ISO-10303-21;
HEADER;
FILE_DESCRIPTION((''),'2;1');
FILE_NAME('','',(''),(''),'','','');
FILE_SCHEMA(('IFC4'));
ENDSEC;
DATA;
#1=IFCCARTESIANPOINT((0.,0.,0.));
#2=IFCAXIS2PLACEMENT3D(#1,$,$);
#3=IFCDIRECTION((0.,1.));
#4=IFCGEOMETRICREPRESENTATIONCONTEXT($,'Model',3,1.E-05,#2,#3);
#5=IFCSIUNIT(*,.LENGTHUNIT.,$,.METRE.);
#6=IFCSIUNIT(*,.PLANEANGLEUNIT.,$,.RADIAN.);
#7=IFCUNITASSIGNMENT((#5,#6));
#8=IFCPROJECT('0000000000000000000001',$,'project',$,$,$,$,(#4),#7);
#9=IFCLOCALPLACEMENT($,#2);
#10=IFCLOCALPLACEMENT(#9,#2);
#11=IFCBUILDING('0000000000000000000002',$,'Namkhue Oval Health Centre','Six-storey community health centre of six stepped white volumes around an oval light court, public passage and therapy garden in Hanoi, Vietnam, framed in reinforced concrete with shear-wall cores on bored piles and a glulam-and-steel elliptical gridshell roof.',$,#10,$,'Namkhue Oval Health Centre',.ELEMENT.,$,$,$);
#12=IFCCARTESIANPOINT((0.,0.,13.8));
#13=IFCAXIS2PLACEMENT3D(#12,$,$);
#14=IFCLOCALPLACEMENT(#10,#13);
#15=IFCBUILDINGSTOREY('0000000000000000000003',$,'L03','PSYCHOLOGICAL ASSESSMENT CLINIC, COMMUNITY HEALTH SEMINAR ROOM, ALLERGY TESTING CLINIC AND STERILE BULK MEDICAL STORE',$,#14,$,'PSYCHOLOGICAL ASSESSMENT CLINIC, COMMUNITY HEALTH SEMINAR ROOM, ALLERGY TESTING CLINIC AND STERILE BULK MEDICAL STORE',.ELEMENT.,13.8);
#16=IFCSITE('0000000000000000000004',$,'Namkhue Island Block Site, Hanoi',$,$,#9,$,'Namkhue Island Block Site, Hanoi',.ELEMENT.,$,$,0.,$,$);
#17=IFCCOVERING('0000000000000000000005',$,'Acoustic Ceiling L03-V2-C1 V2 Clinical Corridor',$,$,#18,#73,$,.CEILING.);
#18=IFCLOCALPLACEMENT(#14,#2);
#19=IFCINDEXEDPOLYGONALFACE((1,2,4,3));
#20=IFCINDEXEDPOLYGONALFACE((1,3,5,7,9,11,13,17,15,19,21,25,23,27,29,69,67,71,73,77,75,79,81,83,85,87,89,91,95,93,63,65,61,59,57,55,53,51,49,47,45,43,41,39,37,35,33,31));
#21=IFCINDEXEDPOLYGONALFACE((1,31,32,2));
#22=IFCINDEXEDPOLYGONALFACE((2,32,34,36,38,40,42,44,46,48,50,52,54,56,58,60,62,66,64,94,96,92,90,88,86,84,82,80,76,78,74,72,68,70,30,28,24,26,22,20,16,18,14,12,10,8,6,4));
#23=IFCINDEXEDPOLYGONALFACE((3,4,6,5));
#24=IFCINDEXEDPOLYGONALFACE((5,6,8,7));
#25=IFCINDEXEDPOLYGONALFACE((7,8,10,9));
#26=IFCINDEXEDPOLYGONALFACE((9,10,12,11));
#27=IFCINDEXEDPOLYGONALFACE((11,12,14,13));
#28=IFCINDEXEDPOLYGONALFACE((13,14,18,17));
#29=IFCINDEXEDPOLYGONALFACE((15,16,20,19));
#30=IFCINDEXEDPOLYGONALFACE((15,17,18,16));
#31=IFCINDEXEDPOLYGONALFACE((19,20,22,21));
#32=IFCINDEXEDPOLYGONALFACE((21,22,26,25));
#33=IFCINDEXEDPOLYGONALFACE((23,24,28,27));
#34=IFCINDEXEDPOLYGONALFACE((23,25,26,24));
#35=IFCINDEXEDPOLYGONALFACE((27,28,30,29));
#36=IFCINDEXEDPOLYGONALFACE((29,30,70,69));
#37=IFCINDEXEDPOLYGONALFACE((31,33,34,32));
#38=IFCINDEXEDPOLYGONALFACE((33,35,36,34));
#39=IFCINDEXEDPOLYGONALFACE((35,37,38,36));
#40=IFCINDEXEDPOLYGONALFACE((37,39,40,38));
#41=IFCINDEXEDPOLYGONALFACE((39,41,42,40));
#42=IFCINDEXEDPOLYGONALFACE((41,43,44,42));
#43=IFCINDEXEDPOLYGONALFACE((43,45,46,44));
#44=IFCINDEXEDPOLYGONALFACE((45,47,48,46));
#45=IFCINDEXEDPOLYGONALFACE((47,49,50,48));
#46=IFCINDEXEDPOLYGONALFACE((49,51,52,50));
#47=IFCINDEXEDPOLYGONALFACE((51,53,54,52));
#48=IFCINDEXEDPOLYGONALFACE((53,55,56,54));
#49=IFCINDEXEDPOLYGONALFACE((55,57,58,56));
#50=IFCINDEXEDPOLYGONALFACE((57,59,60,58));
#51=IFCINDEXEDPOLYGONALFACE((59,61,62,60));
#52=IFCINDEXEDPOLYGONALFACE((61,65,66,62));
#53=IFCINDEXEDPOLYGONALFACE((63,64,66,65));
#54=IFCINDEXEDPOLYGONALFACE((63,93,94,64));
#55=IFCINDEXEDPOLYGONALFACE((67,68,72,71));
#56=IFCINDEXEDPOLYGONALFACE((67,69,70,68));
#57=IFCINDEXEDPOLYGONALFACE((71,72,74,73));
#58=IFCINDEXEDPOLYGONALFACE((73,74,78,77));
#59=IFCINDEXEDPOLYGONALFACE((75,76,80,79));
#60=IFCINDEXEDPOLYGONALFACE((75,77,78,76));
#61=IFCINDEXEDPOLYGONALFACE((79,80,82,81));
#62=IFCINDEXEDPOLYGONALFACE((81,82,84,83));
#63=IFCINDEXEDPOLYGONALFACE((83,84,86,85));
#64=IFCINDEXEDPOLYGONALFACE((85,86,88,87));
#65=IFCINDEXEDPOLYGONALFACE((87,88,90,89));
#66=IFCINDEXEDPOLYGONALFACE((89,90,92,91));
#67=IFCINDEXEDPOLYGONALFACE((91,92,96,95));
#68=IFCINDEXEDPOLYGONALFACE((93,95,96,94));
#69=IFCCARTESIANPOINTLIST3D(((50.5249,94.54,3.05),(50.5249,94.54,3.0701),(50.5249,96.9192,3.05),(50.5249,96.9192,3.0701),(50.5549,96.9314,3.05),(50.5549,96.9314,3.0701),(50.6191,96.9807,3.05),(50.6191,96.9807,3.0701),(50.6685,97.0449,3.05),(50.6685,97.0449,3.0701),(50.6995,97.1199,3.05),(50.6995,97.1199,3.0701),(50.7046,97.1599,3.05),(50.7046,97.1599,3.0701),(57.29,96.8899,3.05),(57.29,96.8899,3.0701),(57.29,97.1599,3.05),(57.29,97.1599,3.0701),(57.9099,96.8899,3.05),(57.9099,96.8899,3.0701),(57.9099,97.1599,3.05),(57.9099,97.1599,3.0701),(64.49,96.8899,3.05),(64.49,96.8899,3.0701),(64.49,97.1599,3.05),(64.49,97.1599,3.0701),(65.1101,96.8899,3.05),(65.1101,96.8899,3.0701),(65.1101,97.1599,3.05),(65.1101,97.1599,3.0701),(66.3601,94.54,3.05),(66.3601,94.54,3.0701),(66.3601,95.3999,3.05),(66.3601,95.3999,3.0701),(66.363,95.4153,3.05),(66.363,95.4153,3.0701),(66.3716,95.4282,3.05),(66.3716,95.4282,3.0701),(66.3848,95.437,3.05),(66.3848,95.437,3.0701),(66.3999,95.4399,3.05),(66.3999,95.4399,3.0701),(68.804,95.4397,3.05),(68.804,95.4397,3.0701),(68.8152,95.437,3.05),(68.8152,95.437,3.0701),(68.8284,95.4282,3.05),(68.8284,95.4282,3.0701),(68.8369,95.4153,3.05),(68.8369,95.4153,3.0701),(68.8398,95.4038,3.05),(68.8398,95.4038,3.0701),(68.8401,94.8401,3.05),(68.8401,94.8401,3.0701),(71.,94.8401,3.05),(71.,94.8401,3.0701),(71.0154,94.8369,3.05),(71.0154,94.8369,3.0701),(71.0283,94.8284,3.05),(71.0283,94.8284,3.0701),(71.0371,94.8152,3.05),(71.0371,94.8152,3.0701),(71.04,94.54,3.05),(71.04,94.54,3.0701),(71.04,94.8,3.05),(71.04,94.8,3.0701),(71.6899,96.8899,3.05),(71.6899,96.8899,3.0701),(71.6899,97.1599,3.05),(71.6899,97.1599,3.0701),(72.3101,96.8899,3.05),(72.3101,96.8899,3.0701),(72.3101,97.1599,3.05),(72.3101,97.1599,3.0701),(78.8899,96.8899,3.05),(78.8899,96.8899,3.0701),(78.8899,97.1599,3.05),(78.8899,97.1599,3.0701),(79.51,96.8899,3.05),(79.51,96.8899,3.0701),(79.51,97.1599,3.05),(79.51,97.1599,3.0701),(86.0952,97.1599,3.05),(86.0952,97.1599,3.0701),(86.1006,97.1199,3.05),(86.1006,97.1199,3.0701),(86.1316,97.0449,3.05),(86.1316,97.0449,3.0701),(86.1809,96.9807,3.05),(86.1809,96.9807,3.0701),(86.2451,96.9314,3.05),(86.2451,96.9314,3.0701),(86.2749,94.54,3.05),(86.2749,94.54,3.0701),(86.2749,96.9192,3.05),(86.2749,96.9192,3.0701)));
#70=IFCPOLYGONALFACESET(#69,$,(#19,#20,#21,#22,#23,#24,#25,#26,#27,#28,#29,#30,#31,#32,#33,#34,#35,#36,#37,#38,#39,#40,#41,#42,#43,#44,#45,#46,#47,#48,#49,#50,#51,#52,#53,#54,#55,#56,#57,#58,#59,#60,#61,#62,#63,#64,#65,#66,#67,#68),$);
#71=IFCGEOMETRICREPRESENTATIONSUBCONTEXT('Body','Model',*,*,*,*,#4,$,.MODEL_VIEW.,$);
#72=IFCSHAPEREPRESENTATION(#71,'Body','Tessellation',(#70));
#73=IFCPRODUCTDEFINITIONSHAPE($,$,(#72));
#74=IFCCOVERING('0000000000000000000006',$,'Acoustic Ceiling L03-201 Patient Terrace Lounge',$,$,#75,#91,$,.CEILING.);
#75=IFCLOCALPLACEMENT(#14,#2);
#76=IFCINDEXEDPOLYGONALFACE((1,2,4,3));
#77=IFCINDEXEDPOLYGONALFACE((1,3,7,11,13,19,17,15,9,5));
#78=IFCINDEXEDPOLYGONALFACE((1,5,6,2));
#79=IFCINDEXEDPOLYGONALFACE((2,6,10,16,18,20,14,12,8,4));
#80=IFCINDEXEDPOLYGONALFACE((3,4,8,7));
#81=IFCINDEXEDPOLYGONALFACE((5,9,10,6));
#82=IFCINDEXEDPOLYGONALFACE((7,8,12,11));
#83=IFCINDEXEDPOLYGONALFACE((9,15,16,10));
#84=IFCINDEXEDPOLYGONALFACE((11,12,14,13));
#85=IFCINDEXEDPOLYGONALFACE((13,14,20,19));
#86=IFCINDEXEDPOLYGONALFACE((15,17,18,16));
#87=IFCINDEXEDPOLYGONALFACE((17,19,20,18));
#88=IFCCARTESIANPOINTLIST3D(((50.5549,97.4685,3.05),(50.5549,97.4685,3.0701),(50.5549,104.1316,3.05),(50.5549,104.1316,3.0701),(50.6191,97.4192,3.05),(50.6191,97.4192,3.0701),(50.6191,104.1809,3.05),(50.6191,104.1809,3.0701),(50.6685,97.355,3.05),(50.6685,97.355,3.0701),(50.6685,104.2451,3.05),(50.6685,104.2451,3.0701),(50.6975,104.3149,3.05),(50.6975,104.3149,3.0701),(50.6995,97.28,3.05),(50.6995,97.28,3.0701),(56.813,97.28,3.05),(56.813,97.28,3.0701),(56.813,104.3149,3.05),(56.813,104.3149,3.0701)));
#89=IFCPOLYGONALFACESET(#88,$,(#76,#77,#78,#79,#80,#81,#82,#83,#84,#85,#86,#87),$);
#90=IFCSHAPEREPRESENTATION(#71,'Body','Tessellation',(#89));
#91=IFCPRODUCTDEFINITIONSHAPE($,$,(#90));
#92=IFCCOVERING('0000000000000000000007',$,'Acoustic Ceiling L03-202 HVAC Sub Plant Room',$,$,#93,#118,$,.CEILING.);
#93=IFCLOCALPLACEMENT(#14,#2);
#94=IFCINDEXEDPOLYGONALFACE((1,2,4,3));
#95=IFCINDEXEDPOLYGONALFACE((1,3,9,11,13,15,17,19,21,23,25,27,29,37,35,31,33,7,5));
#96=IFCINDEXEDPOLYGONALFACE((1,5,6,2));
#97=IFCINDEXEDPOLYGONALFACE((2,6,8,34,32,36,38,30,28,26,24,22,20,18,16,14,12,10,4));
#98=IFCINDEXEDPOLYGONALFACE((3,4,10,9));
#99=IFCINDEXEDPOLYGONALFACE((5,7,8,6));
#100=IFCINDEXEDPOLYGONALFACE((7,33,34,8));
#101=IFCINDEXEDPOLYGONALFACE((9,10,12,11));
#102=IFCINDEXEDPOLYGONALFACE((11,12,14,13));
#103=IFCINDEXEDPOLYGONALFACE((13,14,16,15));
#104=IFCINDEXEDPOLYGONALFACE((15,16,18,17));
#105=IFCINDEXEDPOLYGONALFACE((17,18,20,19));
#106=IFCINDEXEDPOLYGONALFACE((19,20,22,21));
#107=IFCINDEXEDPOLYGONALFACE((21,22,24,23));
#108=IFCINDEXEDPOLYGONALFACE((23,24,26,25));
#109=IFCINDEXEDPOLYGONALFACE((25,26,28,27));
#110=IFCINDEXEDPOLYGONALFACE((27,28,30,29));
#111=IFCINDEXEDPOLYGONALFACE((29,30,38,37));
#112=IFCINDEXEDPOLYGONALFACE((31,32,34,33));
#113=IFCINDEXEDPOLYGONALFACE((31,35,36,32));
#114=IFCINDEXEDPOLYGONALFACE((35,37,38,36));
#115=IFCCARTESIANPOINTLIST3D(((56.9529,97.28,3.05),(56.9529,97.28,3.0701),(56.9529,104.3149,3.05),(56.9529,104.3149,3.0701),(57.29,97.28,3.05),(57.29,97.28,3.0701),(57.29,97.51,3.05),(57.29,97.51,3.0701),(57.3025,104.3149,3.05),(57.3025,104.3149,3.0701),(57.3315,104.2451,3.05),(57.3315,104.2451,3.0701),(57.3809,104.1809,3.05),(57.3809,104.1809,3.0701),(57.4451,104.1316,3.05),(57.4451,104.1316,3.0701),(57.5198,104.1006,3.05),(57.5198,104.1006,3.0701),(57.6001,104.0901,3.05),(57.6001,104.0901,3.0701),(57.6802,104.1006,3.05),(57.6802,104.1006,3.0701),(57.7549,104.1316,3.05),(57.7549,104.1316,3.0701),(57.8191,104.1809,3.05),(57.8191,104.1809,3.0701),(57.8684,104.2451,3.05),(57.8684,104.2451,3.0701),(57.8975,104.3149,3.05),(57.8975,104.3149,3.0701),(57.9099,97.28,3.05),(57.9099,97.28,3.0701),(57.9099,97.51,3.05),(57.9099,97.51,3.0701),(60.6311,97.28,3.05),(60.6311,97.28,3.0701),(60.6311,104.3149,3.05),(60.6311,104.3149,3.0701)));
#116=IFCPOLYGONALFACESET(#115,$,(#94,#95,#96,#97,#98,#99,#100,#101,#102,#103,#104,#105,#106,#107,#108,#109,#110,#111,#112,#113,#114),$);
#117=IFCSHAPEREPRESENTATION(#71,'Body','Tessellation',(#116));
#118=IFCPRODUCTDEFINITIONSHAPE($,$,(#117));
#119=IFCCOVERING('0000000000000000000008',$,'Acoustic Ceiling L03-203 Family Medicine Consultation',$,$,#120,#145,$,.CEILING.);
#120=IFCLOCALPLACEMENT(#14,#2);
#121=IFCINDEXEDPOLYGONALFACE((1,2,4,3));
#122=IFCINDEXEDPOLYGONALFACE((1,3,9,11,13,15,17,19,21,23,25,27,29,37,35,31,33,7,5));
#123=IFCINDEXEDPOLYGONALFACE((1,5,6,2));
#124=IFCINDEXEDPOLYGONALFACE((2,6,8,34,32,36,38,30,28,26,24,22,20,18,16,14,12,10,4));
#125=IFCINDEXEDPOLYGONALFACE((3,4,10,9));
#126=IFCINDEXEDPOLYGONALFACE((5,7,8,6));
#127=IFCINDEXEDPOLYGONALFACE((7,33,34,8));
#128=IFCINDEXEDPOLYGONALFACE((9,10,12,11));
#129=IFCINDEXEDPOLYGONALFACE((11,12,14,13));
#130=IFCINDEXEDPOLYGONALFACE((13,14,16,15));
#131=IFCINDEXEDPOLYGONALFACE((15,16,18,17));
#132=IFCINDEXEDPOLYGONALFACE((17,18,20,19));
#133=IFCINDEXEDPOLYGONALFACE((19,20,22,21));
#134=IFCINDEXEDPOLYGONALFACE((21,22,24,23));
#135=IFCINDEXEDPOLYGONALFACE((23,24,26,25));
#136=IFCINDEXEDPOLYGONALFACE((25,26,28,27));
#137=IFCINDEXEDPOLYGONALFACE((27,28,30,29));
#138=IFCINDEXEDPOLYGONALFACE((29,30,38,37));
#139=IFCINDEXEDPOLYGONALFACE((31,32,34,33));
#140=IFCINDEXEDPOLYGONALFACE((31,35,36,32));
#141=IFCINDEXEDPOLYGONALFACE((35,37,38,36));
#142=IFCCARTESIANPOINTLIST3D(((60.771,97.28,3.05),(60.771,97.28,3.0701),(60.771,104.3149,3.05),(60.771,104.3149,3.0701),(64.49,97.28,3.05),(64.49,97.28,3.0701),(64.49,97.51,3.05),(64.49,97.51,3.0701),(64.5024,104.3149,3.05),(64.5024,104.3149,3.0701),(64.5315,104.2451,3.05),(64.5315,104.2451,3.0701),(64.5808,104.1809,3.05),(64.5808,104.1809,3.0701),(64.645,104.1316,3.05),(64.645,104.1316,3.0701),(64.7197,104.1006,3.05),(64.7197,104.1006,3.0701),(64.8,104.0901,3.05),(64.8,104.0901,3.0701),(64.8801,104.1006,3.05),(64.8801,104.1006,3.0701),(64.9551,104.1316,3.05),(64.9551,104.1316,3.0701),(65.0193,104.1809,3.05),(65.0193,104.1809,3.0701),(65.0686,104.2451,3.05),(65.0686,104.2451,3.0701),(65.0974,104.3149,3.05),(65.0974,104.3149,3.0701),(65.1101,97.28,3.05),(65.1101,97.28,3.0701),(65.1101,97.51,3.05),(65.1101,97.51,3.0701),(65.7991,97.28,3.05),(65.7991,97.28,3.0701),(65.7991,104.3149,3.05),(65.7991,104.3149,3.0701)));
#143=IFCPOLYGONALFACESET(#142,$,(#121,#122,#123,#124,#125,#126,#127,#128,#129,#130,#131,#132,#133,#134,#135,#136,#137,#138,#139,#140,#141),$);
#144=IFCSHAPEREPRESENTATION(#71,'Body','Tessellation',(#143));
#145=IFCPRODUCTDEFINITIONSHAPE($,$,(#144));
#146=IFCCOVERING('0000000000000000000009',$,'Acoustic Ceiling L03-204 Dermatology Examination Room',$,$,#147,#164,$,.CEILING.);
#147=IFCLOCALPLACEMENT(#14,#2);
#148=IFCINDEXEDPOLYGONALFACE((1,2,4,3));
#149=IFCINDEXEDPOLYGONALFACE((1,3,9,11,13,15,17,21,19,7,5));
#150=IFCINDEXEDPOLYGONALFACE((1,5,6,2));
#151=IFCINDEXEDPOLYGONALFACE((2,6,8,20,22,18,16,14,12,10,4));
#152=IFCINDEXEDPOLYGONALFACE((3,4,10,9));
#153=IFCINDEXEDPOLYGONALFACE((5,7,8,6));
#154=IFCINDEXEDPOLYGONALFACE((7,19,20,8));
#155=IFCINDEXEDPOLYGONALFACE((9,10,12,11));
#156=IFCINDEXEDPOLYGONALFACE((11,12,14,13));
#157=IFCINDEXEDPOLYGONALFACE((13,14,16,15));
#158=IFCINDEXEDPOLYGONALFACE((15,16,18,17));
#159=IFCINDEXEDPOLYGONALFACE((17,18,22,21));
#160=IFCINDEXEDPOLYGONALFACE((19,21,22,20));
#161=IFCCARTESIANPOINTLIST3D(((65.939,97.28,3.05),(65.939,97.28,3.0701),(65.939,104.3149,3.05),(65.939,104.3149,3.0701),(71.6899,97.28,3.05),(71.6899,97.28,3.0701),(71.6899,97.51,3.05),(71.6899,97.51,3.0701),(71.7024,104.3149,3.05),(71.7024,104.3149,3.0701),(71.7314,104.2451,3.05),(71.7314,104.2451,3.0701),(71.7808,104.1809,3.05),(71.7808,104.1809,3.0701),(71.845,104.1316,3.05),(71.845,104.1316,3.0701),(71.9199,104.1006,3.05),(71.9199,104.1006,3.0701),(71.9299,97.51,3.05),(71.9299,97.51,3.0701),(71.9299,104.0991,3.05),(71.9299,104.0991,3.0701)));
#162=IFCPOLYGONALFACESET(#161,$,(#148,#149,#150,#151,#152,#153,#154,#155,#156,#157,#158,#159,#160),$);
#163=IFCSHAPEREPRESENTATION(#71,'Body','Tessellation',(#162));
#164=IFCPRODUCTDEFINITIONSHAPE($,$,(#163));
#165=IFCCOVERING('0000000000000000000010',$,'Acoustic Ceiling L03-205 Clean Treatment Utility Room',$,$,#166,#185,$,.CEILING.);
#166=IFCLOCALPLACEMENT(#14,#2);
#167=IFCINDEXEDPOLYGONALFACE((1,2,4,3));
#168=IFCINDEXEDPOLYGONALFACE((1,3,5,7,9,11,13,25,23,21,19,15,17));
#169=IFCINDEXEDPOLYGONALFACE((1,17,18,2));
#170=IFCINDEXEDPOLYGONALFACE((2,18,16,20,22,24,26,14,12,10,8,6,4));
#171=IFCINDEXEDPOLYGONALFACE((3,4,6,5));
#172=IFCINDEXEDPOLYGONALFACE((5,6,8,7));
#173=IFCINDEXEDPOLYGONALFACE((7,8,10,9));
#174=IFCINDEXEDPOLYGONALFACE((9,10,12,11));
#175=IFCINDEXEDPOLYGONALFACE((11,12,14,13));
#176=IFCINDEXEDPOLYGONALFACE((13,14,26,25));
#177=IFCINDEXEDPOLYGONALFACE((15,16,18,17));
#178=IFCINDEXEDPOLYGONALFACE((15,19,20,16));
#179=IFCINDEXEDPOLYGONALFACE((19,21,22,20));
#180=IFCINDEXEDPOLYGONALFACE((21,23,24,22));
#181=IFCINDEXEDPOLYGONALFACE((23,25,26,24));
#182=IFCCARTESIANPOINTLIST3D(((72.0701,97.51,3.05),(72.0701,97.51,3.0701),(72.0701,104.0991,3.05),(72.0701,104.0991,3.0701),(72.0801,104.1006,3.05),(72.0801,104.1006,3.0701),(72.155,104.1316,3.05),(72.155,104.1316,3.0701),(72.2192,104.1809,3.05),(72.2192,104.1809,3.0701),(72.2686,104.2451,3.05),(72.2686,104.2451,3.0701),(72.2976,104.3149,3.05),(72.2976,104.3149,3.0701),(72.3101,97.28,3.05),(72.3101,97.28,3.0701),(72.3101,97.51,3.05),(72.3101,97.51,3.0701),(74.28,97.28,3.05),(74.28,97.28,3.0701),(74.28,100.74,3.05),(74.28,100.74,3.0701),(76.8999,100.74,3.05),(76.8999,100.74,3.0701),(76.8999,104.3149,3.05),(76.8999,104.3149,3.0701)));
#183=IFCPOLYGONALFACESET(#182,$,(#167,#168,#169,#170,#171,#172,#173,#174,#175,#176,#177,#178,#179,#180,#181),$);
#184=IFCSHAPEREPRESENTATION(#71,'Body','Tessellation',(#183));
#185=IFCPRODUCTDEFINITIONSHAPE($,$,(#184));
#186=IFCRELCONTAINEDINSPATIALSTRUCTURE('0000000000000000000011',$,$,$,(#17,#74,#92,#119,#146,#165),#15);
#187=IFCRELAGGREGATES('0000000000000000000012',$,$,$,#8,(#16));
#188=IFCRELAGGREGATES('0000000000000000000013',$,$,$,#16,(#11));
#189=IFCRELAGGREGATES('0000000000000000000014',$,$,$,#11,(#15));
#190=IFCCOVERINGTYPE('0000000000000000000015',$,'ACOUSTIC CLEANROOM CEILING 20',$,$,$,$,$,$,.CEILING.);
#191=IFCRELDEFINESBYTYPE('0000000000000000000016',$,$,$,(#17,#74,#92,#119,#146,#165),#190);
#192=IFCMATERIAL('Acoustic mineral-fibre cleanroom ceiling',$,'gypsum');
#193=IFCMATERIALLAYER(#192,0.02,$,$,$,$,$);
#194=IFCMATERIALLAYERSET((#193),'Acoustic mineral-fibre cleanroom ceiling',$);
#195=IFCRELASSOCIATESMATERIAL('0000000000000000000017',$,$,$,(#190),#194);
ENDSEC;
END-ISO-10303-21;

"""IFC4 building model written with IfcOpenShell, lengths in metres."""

from ifc_helpers import new_model, si_unit, direction, frame, origin, place, context, subcontext, project, spatial, polyline, outline, extrude, material, layer, layer_set, type_object, element, save


model = new_model("IFC4")

# Units and contexts
model_context = context("Model", 3, precision=1e-05, world=origin(), true_north=direction((0.0, 1.0)))
body_context = subcontext(model_context, "Body", "Model", "MODEL_VIEW")
ifc_project = project(units=[si_unit("LENGTHUNIT", "METRE"), si_unit("PLANEANGLEUNIT", "RADIAN")], contexts=[model_context])

# Site, building, storey
site_placement = place(None, origin())
site = spatial("IfcSite", under=ifc_project, at=site_placement, Name="Namkhue Island Block Site, Hanoi", LongName="Namkhue Island Block Site, Hanoi", CompositionType="ELEMENT", RefElevation=0.0)
building_placement = place(site_placement, origin())
building = spatial("IfcBuilding", under=site, at=building_placement, Name="Namkhue Oval Health Centre", Description="Six-storey community health centre of six stepped white volumes around an oval light court, public passage and therapy garden in Hanoi, Vietnam, framed in reinforced concrete with shear-wall cores on bored piles and a glulam-and-steel elliptical gridshell roof.", LongName="Namkhue Oval Health Centre", CompositionType="ELEMENT")
storey_placement = place(building_placement, frame((0.0, 0.0, 13.8)))
storey = spatial("IfcBuildingStorey", under=building, at=storey_placement, Name="L03", Description="PSYCHOLOGICAL ASSESSMENT CLINIC, COMMUNITY HEALTH SEMINAR ROOM, ALLERGY TESTING CLINIC AND STERILE BULK MEDICAL STORE", LongName="PSYCHOLOGICAL ASSESSMENT CLINIC, COMMUNITY HEALTH SEMINAR ROOM, ALLERGY TESTING CLINIC AND STERILE BULK MEDICAL STORE", CompositionType="ELEMENT", Elevation=13.8)

# Coverings
ifc_material_1 = material(Name="Acoustic mineral-fibre cleanroom ceiling", Category="gypsum")
ifc_layer_1 = layer(ifc_material_1, 0.02)
ifc_layer_set_1 = layer_set([ifc_layer_1], Name="Acoustic mineral-fibre cleanroom ceiling")
covering_type_1 = type_object("IfcCoveringType", Name="ACOUSTIC CLEANROOM CEILING 20", PredefinedType="CEILING", material=ifc_layer_set_1)
covering_1_placement = place(storey_placement, frame((0.0, 0.0, 3.05)))
element("IfcCovering", 1, at=covering_1_placement, inside=storey, type_object=covering_type_1, Name="Acoustic Ceiling L03-V2-C1 V2 Clinical Corridor", PredefinedType="CEILING", context=body_context, shape_type="SweptSolid", body=[
    extrude(outline(polyline([(71.04, 94.8), (71.0371, 94.8152), (71.0283, 94.8284), (71.0154, 94.8369), (71.0, 94.8401), (68.8401, 94.8401), (68.8398, 95.4038), (68.8369, 95.4153), (68.8284, 95.4282), (68.8152, 95.437), (68.804, 95.4397), (66.3999, 95.4399), (66.3848, 95.437), (66.3716, 95.4282), (66.363, 95.4153), (66.3601, 95.3999), (66.3601, 94.54), (50.5249, 94.54), (50.5249, 96.9192), (50.5549, 96.9314), (50.6191, 96.9807), (50.6685, 97.0449), (50.6995, 97.1199), (50.7046, 97.1599), (57.29, 97.1599), (57.29, 96.8899), (57.9099, 96.8899), (57.9099, 97.1599), (64.49, 97.1599), (64.49, 96.8899), (65.1101, 96.8899), (65.1101, 97.1599), (71.6899, 97.1599), (71.6899, 96.8899), (72.3101, 96.8899), (72.3101, 97.1599), (78.8899, 97.1599), (78.8899, 96.8899), (79.51, 96.8899), (79.51, 97.1599), (86.0952, 97.1599), (86.1006, 97.1199), (86.1316, 97.0449), (86.1809, 96.9807), (86.2451, 96.9314), (86.2749, 96.9192), (86.2749, 94.54), (71.04, 94.54), (71.04, 94.8)])), origin(), (0.0, 0.0, 1.0), 0.02),
])
covering_2_placement = place(storey_placement, frame((0.0, 0.0, 3.05)))
element("IfcCovering", 2, at=covering_2_placement, inside=storey, type_object=covering_type_1, Name="Acoustic Ceiling L03-201 Patient Terrace Lounge", PredefinedType="CEILING", context=body_context, shape_type="SweptSolid", body=[
    extrude(outline(polyline([(50.6995, 97.28), (50.6685, 97.355), (50.6191, 97.4192), (50.5549, 97.4685), (50.5549, 104.1316), (50.6191, 104.1809), (50.6685, 104.2451), (50.6975, 104.3149), (56.813, 104.3149), (56.813, 97.28), (50.6995, 97.28)])), origin(), (0.0, 0.0, 1.0), 0.02),
])
covering_3_placement = place(storey_placement, frame((0.0, 0.0, 3.05)))
element("IfcCovering", 3, at=covering_3_placement, inside=storey, type_object=covering_type_1, Name="Acoustic Ceiling L03-202 HVAC Sub Plant Room", PredefinedType="CEILING", context=body_context, shape_type="SweptSolid", body=[
    extrude(outline(polyline([(57.9099, 97.28), (57.9099, 97.51), (57.29, 97.51), (57.29, 97.28), (56.9529, 97.28), (56.9529, 104.3149), (57.3025, 104.3149), (57.3315, 104.2451), (57.3809, 104.1809), (57.4451, 104.1316), (57.5198, 104.1006), (57.6001, 104.0901), (57.6802, 104.1006), (57.7549, 104.1316), (57.8191, 104.1809), (57.8684, 104.2451), (57.8975, 104.3149), (60.6311, 104.3149), (60.6311, 97.28), (57.9099, 97.28)])), origin(), (0.0, 0.0, 1.0), 0.02),
])
covering_4_placement = place(storey_placement, frame((0.0, 0.0, 3.05)))
element("IfcCovering", 4, at=covering_4_placement, inside=storey, type_object=covering_type_1, Name="Acoustic Ceiling L03-203 Family Medicine Consultation", PredefinedType="CEILING", context=body_context, shape_type="SweptSolid", body=[
    extrude(outline(polyline([(65.1101, 97.28), (65.1101, 97.51), (64.49, 97.51), (64.49, 97.28), (60.771, 97.28), (60.771, 104.3149), (64.5024, 104.3149), (64.5315, 104.2451), (64.5808, 104.1809), (64.645, 104.1316), (64.7197, 104.1006), (64.8, 104.0901), (64.8801, 104.1006), (64.9551, 104.1316), (65.0193, 104.1809), (65.0686, 104.2451), (65.0974, 104.3149), (65.7991, 104.3149), (65.7991, 97.28), (65.1101, 97.28)])), origin(), (0.0, 0.0, 1.0), 0.02),
])
covering_5_placement = place(storey_placement, frame((0.0, 0.0, 3.05)))
element("IfcCovering", 5, at=covering_5_placement, inside=storey, type_object=covering_type_1, Name="Acoustic Ceiling L03-204 Dermatology Examination Room", PredefinedType="CEILING", context=body_context, shape_type="SweptSolid", body=[
    extrude(outline(polyline([(65.939, 97.28), (65.939, 104.3149), (71.7024, 104.3149), (71.7314, 104.2451), (71.7808, 104.1809), (71.845, 104.1316), (71.9199, 104.1006), (71.9299, 104.0991), (71.9299, 97.51), (71.6899, 97.51), (71.6899, 97.28), (65.939, 97.28)])), origin(), (0.0, 0.0, 1.0), 0.02),
])
covering_6_placement = place(storey_placement, frame((0.0, 0.0, 3.05)))
element("IfcCovering", 6, at=covering_6_placement, inside=storey, type_object=covering_type_1, Name="Acoustic Ceiling L03-205 Clean Treatment Utility Room", PredefinedType="CEILING", context=body_context, shape_type="SweptSolid", body=[
    extrude(outline(polyline([(76.8999, 104.3149), (76.8999, 100.74), (74.28, 100.74), (74.28, 97.28), (72.3101, 97.28), (72.3101, 97.51), (72.0701, 97.51), (72.0701, 104.0991), (72.0801, 104.1006), (72.155, 104.1316), (72.2192, 104.1809), (72.2686, 104.2451), (72.2976, 104.3149), (76.8999, 104.3149)])), origin(), (0.0, 0.0, 1.0), 0.02),
])

save(model, "model.ifc")
